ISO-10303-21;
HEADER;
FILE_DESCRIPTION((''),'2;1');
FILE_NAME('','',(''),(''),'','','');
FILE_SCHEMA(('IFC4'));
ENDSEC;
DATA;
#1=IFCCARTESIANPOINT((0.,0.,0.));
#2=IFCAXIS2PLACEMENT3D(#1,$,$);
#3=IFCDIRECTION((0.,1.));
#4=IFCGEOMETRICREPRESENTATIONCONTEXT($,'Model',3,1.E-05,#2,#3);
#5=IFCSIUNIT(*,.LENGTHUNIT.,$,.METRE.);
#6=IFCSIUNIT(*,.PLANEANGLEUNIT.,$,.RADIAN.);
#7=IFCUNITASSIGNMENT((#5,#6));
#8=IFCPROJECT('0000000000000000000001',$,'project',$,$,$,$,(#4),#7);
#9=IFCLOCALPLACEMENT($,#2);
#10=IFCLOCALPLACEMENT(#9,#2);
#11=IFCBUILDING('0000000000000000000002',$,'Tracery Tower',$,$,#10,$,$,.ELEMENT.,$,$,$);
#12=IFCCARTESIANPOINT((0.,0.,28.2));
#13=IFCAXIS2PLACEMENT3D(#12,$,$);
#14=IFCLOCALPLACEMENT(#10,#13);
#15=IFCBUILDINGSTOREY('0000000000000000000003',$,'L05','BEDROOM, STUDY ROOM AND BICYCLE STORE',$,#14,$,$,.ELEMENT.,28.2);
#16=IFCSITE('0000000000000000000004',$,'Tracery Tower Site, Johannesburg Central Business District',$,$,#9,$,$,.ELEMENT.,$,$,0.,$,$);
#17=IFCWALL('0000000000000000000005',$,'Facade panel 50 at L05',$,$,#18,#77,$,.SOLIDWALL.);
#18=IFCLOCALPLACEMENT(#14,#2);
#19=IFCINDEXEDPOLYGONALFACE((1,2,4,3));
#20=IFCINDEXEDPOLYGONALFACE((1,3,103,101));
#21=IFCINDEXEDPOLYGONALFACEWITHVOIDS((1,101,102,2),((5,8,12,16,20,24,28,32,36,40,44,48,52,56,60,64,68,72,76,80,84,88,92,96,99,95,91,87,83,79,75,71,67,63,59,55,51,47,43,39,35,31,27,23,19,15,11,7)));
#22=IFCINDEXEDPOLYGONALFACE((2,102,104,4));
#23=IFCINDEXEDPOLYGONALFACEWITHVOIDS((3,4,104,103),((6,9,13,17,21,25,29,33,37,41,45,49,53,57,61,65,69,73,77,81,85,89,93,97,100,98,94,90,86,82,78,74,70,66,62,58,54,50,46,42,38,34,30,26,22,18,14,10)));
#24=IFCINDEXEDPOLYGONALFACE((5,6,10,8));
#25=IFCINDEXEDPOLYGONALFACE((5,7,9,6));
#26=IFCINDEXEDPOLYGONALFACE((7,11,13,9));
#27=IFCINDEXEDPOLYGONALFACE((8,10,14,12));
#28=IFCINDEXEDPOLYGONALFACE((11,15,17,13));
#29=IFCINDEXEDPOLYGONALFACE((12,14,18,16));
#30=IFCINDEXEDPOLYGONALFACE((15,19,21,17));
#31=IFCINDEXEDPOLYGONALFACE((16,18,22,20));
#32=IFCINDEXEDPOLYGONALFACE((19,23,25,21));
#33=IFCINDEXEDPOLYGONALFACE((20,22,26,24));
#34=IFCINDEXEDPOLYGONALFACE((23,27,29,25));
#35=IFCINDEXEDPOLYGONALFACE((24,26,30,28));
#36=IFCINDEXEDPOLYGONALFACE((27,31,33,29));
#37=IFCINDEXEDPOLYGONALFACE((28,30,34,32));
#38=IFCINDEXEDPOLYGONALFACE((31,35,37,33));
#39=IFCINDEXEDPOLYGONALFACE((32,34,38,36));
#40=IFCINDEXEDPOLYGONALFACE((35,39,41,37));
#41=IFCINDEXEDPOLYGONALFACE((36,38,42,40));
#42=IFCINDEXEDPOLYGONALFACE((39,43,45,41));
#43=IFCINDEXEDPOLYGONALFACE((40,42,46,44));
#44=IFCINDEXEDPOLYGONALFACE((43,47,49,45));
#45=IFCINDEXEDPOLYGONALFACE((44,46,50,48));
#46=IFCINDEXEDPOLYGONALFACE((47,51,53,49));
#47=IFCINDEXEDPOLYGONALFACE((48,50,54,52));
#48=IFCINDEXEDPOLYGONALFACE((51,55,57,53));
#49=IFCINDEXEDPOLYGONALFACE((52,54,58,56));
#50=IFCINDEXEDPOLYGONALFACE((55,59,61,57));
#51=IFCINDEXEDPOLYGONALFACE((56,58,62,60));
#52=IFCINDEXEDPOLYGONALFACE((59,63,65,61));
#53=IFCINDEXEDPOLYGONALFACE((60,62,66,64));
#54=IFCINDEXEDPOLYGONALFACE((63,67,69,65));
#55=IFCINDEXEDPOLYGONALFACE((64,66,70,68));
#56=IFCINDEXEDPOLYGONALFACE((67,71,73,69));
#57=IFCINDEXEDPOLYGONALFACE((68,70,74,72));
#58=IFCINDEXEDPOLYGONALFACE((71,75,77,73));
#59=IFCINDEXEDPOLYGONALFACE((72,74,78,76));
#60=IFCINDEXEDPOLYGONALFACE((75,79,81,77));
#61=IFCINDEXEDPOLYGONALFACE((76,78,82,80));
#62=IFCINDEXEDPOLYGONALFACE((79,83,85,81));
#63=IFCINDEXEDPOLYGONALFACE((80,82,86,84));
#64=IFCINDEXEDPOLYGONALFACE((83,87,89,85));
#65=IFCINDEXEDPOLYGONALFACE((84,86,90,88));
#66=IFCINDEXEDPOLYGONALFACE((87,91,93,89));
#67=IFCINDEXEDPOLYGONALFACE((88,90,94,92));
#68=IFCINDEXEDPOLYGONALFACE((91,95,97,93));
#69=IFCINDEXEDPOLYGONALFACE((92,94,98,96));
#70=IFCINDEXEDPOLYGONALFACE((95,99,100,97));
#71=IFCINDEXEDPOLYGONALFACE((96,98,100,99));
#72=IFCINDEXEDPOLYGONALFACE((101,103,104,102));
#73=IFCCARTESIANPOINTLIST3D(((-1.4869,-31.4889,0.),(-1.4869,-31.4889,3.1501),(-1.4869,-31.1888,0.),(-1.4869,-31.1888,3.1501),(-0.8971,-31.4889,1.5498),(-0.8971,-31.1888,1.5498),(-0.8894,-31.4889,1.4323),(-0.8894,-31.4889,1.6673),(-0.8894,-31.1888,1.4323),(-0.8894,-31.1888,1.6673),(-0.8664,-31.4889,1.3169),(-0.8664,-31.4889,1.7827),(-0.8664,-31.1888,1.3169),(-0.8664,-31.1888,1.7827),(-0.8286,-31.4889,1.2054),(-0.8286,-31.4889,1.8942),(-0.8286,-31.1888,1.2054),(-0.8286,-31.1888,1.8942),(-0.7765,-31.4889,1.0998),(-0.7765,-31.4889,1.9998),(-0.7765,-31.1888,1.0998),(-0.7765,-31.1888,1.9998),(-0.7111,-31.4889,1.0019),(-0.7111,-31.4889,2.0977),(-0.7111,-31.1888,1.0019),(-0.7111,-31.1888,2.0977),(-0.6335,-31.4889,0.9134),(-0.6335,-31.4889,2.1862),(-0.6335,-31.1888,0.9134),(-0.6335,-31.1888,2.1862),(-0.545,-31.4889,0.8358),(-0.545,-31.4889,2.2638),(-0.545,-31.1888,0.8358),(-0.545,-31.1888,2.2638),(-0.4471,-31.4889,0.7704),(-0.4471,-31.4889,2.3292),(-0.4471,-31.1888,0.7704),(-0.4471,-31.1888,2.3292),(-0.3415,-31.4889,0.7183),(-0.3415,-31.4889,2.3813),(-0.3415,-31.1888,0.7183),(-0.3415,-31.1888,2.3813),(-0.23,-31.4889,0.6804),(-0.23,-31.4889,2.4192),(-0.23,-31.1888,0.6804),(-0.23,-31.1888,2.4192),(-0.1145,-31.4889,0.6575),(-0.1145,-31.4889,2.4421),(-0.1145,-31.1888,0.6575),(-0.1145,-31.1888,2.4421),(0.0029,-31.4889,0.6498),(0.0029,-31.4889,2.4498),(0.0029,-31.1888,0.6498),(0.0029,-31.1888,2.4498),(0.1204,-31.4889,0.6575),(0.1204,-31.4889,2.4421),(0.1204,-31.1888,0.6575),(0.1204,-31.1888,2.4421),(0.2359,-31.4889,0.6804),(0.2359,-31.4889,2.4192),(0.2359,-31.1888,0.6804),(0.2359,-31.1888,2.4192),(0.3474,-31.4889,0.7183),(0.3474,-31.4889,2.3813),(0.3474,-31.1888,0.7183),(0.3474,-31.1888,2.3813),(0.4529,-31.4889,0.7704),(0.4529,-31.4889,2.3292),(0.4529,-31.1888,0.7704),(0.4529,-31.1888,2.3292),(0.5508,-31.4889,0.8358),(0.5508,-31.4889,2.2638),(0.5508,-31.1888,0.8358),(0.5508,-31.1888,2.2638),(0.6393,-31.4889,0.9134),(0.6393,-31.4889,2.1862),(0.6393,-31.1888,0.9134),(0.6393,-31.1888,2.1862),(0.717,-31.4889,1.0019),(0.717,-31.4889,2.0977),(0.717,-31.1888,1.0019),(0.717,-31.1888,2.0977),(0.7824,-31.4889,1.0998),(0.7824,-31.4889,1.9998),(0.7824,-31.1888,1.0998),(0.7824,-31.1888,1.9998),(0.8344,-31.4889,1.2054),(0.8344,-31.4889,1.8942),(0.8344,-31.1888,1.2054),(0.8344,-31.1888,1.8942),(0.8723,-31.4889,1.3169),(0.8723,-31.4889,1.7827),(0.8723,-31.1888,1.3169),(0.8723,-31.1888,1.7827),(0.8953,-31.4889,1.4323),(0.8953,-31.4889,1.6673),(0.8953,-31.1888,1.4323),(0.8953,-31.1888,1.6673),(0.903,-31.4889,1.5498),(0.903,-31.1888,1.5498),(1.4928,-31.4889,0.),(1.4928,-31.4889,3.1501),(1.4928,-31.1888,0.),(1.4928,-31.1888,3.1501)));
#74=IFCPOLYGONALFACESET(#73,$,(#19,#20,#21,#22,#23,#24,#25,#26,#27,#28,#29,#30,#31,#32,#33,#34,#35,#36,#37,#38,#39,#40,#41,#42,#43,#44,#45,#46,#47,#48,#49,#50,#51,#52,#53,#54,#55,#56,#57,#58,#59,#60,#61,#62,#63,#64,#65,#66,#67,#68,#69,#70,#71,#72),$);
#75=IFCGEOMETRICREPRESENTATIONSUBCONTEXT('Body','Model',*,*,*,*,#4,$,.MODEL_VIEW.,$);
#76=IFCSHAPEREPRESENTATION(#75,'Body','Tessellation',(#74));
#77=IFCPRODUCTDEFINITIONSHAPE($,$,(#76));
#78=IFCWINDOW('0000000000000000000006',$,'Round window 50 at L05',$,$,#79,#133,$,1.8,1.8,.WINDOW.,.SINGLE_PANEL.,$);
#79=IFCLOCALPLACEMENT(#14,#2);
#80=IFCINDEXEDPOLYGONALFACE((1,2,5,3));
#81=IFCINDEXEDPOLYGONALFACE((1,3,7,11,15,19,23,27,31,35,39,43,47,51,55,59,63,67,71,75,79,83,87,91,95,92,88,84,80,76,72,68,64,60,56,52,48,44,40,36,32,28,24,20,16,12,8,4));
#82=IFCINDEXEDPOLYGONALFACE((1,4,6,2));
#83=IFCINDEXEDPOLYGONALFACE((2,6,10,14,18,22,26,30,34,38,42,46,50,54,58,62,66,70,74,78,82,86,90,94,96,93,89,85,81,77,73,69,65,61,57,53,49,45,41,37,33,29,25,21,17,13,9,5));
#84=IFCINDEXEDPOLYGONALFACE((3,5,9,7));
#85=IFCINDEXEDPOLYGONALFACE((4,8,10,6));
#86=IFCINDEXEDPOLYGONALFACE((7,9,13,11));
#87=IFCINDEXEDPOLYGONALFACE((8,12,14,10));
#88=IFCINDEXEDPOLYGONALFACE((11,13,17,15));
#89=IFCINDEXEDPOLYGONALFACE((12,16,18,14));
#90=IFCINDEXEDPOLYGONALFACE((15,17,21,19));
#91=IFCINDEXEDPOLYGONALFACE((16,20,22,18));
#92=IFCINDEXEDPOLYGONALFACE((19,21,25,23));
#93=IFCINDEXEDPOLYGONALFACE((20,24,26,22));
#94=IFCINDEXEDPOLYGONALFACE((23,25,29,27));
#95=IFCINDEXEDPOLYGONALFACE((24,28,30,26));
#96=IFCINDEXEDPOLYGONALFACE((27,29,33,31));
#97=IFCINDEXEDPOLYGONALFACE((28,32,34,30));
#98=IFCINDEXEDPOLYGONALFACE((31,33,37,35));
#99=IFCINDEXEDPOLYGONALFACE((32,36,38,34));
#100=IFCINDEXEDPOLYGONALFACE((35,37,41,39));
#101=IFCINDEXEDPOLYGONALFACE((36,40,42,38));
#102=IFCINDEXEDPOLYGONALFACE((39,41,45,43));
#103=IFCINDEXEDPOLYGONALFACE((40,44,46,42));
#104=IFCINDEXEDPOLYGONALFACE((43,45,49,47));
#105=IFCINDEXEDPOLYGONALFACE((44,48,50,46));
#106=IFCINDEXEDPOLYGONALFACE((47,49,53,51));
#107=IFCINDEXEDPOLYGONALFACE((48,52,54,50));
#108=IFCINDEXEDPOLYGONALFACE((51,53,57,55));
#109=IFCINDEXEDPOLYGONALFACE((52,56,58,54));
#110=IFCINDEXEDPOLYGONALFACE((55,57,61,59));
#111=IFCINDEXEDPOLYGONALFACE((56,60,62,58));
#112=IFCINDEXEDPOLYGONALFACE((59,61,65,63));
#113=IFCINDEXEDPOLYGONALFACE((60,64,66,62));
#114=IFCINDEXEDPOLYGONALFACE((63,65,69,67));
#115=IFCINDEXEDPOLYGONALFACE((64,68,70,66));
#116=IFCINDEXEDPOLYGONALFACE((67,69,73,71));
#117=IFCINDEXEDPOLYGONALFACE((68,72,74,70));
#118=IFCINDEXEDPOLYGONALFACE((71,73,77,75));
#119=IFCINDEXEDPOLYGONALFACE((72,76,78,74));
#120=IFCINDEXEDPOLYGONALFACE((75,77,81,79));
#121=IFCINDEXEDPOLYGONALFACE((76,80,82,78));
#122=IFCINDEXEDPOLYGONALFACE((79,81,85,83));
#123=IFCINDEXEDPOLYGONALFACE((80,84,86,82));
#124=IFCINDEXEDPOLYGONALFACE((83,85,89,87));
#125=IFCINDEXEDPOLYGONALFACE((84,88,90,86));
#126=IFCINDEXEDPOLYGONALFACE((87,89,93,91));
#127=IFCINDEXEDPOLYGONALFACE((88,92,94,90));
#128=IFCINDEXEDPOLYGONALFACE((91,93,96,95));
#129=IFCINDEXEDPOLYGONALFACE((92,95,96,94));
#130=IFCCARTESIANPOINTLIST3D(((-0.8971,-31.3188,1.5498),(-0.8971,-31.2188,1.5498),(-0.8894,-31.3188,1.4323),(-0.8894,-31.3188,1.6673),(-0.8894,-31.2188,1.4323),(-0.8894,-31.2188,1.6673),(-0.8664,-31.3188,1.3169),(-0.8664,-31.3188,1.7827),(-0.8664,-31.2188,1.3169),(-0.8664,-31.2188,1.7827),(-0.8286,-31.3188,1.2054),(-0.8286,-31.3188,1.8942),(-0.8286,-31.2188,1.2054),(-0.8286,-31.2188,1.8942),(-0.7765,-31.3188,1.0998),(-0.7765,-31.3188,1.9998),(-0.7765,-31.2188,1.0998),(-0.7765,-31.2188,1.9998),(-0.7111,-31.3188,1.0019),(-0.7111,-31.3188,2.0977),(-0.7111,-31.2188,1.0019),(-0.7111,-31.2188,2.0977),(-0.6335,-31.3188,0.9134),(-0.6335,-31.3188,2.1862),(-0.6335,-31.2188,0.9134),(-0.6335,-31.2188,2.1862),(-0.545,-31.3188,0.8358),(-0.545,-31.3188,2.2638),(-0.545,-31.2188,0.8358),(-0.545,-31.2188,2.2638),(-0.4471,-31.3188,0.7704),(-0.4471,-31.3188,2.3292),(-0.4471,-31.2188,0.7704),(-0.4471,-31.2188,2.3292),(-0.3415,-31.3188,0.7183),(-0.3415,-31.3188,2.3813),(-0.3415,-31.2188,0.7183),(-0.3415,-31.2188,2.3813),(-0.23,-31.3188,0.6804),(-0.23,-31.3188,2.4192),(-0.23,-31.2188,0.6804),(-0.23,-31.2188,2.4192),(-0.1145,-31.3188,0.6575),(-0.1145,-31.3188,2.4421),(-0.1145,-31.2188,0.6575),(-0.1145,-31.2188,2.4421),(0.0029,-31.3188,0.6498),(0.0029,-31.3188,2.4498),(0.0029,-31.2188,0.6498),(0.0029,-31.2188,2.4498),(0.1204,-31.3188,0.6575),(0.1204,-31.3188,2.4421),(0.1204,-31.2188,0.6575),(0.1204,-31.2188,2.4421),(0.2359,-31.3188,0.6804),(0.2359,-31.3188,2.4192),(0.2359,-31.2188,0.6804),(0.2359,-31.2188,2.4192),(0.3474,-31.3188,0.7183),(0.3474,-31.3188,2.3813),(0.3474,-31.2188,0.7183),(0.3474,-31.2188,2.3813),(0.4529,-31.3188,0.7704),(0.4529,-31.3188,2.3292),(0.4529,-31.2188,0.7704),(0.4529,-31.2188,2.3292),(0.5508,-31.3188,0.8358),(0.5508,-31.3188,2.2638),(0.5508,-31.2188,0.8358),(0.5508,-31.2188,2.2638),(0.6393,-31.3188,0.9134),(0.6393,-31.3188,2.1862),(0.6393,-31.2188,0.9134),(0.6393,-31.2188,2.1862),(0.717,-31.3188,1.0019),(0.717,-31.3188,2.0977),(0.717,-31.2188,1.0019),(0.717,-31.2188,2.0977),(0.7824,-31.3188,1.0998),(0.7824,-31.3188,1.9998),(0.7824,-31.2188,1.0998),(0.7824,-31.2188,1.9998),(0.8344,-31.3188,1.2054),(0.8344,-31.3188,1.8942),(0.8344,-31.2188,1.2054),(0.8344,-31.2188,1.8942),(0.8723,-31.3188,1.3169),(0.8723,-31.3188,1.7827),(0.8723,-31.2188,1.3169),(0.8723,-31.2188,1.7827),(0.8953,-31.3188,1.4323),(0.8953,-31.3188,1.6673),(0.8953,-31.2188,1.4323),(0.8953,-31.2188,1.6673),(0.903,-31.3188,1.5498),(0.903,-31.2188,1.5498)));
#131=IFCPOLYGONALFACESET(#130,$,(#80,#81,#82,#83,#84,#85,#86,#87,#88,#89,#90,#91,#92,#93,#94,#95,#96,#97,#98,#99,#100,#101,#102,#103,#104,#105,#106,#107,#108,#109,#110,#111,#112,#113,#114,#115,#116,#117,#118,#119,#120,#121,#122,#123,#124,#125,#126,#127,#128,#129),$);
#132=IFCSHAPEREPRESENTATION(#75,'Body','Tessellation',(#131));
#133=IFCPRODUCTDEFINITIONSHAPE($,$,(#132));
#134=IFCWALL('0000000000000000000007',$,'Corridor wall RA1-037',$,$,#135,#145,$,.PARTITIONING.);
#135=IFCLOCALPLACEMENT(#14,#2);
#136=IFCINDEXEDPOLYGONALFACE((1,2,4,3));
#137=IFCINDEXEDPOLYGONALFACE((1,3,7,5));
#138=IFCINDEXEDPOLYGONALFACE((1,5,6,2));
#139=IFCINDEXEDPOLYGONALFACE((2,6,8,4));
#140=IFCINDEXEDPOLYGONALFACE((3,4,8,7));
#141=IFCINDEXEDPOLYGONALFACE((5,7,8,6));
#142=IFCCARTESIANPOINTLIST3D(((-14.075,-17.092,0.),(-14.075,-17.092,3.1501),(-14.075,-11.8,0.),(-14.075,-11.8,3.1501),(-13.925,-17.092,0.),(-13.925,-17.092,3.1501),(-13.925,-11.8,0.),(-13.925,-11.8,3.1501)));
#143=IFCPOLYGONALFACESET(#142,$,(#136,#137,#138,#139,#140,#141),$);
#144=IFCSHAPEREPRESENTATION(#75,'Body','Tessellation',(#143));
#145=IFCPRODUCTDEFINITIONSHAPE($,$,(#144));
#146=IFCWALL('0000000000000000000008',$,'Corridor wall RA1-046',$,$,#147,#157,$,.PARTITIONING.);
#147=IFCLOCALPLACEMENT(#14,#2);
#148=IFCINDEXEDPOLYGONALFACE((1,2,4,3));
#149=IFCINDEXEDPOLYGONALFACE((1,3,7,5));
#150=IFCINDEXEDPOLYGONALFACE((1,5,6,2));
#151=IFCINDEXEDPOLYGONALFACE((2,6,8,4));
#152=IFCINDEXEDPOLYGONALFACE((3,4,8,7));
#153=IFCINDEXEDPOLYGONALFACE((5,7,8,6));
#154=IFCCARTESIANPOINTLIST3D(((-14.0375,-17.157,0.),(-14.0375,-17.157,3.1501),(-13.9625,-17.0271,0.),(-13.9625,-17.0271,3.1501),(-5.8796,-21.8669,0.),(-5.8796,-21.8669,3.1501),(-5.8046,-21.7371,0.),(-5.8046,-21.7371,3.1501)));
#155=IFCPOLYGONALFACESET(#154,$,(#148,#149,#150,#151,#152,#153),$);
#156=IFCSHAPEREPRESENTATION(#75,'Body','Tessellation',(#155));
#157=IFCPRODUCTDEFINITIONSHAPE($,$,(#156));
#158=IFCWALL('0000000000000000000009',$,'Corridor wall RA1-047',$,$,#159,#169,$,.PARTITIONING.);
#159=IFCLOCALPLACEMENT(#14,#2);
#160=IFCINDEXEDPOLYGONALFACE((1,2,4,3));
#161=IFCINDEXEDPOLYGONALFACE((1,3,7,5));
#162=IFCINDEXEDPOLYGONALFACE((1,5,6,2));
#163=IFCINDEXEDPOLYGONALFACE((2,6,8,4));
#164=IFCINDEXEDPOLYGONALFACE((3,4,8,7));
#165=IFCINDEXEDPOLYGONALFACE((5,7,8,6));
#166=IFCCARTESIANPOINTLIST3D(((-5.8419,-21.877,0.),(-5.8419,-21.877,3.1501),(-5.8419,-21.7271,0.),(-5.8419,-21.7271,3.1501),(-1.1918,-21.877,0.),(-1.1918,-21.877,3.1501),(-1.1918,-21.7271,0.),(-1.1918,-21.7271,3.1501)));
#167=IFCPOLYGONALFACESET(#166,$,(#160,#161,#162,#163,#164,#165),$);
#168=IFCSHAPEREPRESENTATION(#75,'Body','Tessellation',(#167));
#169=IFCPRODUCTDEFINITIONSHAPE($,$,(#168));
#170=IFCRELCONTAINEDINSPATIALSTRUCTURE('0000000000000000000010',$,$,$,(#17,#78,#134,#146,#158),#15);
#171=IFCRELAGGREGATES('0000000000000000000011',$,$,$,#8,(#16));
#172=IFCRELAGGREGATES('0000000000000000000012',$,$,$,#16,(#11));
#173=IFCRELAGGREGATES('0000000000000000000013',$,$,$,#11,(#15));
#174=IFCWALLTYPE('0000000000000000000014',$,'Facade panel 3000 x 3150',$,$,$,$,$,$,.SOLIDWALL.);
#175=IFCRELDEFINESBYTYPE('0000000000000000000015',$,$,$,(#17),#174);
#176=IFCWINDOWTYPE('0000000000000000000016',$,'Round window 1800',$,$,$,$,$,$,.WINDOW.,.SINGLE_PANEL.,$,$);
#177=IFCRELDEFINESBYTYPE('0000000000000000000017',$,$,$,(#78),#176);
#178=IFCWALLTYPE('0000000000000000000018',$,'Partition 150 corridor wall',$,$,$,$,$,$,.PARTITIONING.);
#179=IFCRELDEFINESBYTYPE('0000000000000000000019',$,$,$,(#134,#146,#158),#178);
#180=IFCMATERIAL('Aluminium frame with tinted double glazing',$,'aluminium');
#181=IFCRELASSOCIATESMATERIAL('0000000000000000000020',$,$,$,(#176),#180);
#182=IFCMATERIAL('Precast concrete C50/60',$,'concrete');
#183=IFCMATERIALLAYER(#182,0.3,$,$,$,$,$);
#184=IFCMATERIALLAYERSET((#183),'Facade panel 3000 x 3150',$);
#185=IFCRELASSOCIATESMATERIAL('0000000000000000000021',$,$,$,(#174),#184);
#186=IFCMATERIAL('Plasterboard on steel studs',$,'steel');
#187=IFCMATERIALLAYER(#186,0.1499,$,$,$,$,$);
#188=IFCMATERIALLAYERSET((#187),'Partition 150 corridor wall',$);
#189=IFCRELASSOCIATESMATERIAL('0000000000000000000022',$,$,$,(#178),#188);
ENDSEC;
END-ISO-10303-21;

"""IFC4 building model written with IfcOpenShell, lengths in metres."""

from ifc_helpers import new_model, si_unit, direction, frame, frame_2d, origin, origin_2d, place, context, subcontext, project, spatial, rectangle, circle, extrude, material, layer, layer_set, type_object, element, fill, save


model = new_model("IFC4")

# Units and contexts
model_context = context("Model", 3, precision=1e-05, world=origin(), true_north=direction((0.0, 1.0)))
body_context = subcontext(model_context, "Body", "Model", "MODEL_VIEW")
ifc_project = project(units=[si_unit("LENGTHUNIT", "METRE"), si_unit("PLANEANGLEUNIT", "RADIAN")], contexts=[model_context])

# Site, building, storey
site_placement = place(None, origin())
site = spatial("IfcSite", under=ifc_project, at=site_placement, Name="Tracery Tower Site, Johannesburg Central Business District", CompositionType="ELEMENT", RefElevation=0.0)
building_placement = place(site_placement, origin())
building = spatial("IfcBuilding", under=site, at=building_placement, Name="Tracery Tower", CompositionType="ELEMENT")
storey_placement = place(building_placement, frame((0.0, 0.0, 28.2)))
storey = spatial("IfcBuildingStorey", under=building, at=storey_placement, Name="L05", Description="BEDROOM, STUDY ROOM AND BICYCLE STORE", CompositionType="ELEMENT", Elevation=28.2)

# Wall, opening, window
ifc_material_1 = material(Name="Aluminium frame with tinted double glazing", Category="aluminium")
window_type = type_object("IfcWindowType", Name="Round window 1800", PartitioningType="SINGLE_PANEL", PredefinedType="WINDOW", material=ifc_material_1)
ifc_material_2 = material(Name="Precast concrete C50/60", Category="concrete")
ifc_layer_1 = layer(ifc_material_2, 0.3)
ifc_layer_set_1 = layer_set([ifc_layer_1], Name="Facade panel 3000 x 3150")
wall_type_1 = type_object("IfcWallType", Name="Facade panel 3000 x 3150", PredefinedType="SOLIDWALL", material=ifc_layer_set_1)
wall_1_placement = place(storey_placement, frame((-1.4868, -31.3389, 0.0), z_axis=(0.0, 0.0, 1.0), x_axis=(1.0, 0.0, 0.0)))
wall_1 = element("IfcWall", 1, at=wall_1_placement, inside=storey, type_object=wall_type_1, Name="Facade panel 50 at L05", PredefinedType="SOLIDWALL", context=body_context, shape_type="SweptSolid", body=[
    extrude(rectangle(XDim=2.9797, YDim=0.3, at=frame_2d((1.4897, 0.0))), origin(), (0.0, 0.0, 1.0), 3.1501),
])
opening_1_placement = place(wall_1_placement, frame((1.4897, 0.0, 1.5498)))
opening_1 = element("IfcOpeningElement", 2, at=opening_1_placement, cuts=wall_1, PredefinedType="OPENING", context=body_context, shape_type="SweptSolid", body=[
    extrude(circle(Radius=0.9, at=origin_2d()), frame((0.0, 0.1599, 0.0), z_axis=(0.0, -1.0, 0.0), x_axis=(1.0, 0.0, 0.0)), (0.0, 0.0, 1.0), 0.3201),
])
window_1_placement = place(opening_1_placement, origin())
window_1 = element("IfcWindow", 3, at=window_1_placement, inside=storey, type_object=window_type, Name="Round window 50 at L05", OverallHeight=1.8, OverallWidth=1.8, PartitioningType="SINGLE_PANEL", PredefinedType="WINDOW", context=body_context, shape_type="SweptSolid", body=[
    extrude(circle(Radius=0.9, at=origin_2d()), frame((0.0, 0.1201, 0.0), z_axis=(0.0, -1.0, 0.0), x_axis=(1.0, 0.0, 0.0)), (0.0, 0.0, 1.0), 0.1001),
])
fill(opening_1, window_1)

# Walls
ifc_material_3 = material(Name="Plasterboard on steel studs", Category="steel")
ifc_layer_2 = layer(ifc_material_3, 0.1499)
ifc_layer_set_2 = layer_set([ifc_layer_2], Name="Partition 150 corridor wall")
wall_type_2 = type_object("IfcWallType", Name="Partition 150 corridor wall", PredefinedType="PARTITIONING", material=ifc_layer_set_2)
wall_2_placement = place(storey_placement, frame((-14.0, -17.092, 0.0), z_axis=(0.0, 0.0, 1.0), x_axis=(0.0, 1.0, 0.0)))
element("IfcWall", 4, at=wall_2_placement, inside=storey, type_object=wall_type_2, Name="Corridor wall RA1-037", PredefinedType="PARTITIONING", context=body_context, shape_type="SweptSolid", body=[
    extrude(rectangle(XDim=5.292, YDim=0.1499, at=frame_2d((2.646, 0.0))), origin(), (0.0, 0.0, 1.0), 3.1501),
])
wall_3_placement = place(storey_placement, frame((-14.0, -17.092, 0.0), z_axis=(0.0, 0.0, 1.0), x_axis=(0.866027, -0.499997, 0.0)))
element("IfcWall", 5, at=wall_3_placement, inside=storey, type_object=wall_type_2, Name="Corridor wall RA1-046", PredefinedType="PARTITIONING", context=body_context, shape_type="SweptSolid", body=[
    extrude(rectangle(XDim=9.4199, YDim=0.1499, at=frame_2d((4.71, 0.0))), origin(), (0.0, 0.0, 1.0), 3.1501),
])
wall_4_placement = place(storey_placement, frame((-5.842, -21.802, 0.0), z_axis=(0.0, 0.0, 1.0), x_axis=(1.0, 0.0, 0.0)))
element("IfcWall", 6, at=wall_4_placement, inside=storey, type_object=wall_type_2, Name="Corridor wall RA1-047", PredefinedType="PARTITIONING", context=body_context, shape_type="SweptSolid", body=[
    extrude(rectangle(XDim=4.6501, YDim=0.1499, at=frame_2d((2.3252, 0.0))), origin(), (0.0, 0.0, 1.0), 3.1501),
])

save(model, "model.ifc")
